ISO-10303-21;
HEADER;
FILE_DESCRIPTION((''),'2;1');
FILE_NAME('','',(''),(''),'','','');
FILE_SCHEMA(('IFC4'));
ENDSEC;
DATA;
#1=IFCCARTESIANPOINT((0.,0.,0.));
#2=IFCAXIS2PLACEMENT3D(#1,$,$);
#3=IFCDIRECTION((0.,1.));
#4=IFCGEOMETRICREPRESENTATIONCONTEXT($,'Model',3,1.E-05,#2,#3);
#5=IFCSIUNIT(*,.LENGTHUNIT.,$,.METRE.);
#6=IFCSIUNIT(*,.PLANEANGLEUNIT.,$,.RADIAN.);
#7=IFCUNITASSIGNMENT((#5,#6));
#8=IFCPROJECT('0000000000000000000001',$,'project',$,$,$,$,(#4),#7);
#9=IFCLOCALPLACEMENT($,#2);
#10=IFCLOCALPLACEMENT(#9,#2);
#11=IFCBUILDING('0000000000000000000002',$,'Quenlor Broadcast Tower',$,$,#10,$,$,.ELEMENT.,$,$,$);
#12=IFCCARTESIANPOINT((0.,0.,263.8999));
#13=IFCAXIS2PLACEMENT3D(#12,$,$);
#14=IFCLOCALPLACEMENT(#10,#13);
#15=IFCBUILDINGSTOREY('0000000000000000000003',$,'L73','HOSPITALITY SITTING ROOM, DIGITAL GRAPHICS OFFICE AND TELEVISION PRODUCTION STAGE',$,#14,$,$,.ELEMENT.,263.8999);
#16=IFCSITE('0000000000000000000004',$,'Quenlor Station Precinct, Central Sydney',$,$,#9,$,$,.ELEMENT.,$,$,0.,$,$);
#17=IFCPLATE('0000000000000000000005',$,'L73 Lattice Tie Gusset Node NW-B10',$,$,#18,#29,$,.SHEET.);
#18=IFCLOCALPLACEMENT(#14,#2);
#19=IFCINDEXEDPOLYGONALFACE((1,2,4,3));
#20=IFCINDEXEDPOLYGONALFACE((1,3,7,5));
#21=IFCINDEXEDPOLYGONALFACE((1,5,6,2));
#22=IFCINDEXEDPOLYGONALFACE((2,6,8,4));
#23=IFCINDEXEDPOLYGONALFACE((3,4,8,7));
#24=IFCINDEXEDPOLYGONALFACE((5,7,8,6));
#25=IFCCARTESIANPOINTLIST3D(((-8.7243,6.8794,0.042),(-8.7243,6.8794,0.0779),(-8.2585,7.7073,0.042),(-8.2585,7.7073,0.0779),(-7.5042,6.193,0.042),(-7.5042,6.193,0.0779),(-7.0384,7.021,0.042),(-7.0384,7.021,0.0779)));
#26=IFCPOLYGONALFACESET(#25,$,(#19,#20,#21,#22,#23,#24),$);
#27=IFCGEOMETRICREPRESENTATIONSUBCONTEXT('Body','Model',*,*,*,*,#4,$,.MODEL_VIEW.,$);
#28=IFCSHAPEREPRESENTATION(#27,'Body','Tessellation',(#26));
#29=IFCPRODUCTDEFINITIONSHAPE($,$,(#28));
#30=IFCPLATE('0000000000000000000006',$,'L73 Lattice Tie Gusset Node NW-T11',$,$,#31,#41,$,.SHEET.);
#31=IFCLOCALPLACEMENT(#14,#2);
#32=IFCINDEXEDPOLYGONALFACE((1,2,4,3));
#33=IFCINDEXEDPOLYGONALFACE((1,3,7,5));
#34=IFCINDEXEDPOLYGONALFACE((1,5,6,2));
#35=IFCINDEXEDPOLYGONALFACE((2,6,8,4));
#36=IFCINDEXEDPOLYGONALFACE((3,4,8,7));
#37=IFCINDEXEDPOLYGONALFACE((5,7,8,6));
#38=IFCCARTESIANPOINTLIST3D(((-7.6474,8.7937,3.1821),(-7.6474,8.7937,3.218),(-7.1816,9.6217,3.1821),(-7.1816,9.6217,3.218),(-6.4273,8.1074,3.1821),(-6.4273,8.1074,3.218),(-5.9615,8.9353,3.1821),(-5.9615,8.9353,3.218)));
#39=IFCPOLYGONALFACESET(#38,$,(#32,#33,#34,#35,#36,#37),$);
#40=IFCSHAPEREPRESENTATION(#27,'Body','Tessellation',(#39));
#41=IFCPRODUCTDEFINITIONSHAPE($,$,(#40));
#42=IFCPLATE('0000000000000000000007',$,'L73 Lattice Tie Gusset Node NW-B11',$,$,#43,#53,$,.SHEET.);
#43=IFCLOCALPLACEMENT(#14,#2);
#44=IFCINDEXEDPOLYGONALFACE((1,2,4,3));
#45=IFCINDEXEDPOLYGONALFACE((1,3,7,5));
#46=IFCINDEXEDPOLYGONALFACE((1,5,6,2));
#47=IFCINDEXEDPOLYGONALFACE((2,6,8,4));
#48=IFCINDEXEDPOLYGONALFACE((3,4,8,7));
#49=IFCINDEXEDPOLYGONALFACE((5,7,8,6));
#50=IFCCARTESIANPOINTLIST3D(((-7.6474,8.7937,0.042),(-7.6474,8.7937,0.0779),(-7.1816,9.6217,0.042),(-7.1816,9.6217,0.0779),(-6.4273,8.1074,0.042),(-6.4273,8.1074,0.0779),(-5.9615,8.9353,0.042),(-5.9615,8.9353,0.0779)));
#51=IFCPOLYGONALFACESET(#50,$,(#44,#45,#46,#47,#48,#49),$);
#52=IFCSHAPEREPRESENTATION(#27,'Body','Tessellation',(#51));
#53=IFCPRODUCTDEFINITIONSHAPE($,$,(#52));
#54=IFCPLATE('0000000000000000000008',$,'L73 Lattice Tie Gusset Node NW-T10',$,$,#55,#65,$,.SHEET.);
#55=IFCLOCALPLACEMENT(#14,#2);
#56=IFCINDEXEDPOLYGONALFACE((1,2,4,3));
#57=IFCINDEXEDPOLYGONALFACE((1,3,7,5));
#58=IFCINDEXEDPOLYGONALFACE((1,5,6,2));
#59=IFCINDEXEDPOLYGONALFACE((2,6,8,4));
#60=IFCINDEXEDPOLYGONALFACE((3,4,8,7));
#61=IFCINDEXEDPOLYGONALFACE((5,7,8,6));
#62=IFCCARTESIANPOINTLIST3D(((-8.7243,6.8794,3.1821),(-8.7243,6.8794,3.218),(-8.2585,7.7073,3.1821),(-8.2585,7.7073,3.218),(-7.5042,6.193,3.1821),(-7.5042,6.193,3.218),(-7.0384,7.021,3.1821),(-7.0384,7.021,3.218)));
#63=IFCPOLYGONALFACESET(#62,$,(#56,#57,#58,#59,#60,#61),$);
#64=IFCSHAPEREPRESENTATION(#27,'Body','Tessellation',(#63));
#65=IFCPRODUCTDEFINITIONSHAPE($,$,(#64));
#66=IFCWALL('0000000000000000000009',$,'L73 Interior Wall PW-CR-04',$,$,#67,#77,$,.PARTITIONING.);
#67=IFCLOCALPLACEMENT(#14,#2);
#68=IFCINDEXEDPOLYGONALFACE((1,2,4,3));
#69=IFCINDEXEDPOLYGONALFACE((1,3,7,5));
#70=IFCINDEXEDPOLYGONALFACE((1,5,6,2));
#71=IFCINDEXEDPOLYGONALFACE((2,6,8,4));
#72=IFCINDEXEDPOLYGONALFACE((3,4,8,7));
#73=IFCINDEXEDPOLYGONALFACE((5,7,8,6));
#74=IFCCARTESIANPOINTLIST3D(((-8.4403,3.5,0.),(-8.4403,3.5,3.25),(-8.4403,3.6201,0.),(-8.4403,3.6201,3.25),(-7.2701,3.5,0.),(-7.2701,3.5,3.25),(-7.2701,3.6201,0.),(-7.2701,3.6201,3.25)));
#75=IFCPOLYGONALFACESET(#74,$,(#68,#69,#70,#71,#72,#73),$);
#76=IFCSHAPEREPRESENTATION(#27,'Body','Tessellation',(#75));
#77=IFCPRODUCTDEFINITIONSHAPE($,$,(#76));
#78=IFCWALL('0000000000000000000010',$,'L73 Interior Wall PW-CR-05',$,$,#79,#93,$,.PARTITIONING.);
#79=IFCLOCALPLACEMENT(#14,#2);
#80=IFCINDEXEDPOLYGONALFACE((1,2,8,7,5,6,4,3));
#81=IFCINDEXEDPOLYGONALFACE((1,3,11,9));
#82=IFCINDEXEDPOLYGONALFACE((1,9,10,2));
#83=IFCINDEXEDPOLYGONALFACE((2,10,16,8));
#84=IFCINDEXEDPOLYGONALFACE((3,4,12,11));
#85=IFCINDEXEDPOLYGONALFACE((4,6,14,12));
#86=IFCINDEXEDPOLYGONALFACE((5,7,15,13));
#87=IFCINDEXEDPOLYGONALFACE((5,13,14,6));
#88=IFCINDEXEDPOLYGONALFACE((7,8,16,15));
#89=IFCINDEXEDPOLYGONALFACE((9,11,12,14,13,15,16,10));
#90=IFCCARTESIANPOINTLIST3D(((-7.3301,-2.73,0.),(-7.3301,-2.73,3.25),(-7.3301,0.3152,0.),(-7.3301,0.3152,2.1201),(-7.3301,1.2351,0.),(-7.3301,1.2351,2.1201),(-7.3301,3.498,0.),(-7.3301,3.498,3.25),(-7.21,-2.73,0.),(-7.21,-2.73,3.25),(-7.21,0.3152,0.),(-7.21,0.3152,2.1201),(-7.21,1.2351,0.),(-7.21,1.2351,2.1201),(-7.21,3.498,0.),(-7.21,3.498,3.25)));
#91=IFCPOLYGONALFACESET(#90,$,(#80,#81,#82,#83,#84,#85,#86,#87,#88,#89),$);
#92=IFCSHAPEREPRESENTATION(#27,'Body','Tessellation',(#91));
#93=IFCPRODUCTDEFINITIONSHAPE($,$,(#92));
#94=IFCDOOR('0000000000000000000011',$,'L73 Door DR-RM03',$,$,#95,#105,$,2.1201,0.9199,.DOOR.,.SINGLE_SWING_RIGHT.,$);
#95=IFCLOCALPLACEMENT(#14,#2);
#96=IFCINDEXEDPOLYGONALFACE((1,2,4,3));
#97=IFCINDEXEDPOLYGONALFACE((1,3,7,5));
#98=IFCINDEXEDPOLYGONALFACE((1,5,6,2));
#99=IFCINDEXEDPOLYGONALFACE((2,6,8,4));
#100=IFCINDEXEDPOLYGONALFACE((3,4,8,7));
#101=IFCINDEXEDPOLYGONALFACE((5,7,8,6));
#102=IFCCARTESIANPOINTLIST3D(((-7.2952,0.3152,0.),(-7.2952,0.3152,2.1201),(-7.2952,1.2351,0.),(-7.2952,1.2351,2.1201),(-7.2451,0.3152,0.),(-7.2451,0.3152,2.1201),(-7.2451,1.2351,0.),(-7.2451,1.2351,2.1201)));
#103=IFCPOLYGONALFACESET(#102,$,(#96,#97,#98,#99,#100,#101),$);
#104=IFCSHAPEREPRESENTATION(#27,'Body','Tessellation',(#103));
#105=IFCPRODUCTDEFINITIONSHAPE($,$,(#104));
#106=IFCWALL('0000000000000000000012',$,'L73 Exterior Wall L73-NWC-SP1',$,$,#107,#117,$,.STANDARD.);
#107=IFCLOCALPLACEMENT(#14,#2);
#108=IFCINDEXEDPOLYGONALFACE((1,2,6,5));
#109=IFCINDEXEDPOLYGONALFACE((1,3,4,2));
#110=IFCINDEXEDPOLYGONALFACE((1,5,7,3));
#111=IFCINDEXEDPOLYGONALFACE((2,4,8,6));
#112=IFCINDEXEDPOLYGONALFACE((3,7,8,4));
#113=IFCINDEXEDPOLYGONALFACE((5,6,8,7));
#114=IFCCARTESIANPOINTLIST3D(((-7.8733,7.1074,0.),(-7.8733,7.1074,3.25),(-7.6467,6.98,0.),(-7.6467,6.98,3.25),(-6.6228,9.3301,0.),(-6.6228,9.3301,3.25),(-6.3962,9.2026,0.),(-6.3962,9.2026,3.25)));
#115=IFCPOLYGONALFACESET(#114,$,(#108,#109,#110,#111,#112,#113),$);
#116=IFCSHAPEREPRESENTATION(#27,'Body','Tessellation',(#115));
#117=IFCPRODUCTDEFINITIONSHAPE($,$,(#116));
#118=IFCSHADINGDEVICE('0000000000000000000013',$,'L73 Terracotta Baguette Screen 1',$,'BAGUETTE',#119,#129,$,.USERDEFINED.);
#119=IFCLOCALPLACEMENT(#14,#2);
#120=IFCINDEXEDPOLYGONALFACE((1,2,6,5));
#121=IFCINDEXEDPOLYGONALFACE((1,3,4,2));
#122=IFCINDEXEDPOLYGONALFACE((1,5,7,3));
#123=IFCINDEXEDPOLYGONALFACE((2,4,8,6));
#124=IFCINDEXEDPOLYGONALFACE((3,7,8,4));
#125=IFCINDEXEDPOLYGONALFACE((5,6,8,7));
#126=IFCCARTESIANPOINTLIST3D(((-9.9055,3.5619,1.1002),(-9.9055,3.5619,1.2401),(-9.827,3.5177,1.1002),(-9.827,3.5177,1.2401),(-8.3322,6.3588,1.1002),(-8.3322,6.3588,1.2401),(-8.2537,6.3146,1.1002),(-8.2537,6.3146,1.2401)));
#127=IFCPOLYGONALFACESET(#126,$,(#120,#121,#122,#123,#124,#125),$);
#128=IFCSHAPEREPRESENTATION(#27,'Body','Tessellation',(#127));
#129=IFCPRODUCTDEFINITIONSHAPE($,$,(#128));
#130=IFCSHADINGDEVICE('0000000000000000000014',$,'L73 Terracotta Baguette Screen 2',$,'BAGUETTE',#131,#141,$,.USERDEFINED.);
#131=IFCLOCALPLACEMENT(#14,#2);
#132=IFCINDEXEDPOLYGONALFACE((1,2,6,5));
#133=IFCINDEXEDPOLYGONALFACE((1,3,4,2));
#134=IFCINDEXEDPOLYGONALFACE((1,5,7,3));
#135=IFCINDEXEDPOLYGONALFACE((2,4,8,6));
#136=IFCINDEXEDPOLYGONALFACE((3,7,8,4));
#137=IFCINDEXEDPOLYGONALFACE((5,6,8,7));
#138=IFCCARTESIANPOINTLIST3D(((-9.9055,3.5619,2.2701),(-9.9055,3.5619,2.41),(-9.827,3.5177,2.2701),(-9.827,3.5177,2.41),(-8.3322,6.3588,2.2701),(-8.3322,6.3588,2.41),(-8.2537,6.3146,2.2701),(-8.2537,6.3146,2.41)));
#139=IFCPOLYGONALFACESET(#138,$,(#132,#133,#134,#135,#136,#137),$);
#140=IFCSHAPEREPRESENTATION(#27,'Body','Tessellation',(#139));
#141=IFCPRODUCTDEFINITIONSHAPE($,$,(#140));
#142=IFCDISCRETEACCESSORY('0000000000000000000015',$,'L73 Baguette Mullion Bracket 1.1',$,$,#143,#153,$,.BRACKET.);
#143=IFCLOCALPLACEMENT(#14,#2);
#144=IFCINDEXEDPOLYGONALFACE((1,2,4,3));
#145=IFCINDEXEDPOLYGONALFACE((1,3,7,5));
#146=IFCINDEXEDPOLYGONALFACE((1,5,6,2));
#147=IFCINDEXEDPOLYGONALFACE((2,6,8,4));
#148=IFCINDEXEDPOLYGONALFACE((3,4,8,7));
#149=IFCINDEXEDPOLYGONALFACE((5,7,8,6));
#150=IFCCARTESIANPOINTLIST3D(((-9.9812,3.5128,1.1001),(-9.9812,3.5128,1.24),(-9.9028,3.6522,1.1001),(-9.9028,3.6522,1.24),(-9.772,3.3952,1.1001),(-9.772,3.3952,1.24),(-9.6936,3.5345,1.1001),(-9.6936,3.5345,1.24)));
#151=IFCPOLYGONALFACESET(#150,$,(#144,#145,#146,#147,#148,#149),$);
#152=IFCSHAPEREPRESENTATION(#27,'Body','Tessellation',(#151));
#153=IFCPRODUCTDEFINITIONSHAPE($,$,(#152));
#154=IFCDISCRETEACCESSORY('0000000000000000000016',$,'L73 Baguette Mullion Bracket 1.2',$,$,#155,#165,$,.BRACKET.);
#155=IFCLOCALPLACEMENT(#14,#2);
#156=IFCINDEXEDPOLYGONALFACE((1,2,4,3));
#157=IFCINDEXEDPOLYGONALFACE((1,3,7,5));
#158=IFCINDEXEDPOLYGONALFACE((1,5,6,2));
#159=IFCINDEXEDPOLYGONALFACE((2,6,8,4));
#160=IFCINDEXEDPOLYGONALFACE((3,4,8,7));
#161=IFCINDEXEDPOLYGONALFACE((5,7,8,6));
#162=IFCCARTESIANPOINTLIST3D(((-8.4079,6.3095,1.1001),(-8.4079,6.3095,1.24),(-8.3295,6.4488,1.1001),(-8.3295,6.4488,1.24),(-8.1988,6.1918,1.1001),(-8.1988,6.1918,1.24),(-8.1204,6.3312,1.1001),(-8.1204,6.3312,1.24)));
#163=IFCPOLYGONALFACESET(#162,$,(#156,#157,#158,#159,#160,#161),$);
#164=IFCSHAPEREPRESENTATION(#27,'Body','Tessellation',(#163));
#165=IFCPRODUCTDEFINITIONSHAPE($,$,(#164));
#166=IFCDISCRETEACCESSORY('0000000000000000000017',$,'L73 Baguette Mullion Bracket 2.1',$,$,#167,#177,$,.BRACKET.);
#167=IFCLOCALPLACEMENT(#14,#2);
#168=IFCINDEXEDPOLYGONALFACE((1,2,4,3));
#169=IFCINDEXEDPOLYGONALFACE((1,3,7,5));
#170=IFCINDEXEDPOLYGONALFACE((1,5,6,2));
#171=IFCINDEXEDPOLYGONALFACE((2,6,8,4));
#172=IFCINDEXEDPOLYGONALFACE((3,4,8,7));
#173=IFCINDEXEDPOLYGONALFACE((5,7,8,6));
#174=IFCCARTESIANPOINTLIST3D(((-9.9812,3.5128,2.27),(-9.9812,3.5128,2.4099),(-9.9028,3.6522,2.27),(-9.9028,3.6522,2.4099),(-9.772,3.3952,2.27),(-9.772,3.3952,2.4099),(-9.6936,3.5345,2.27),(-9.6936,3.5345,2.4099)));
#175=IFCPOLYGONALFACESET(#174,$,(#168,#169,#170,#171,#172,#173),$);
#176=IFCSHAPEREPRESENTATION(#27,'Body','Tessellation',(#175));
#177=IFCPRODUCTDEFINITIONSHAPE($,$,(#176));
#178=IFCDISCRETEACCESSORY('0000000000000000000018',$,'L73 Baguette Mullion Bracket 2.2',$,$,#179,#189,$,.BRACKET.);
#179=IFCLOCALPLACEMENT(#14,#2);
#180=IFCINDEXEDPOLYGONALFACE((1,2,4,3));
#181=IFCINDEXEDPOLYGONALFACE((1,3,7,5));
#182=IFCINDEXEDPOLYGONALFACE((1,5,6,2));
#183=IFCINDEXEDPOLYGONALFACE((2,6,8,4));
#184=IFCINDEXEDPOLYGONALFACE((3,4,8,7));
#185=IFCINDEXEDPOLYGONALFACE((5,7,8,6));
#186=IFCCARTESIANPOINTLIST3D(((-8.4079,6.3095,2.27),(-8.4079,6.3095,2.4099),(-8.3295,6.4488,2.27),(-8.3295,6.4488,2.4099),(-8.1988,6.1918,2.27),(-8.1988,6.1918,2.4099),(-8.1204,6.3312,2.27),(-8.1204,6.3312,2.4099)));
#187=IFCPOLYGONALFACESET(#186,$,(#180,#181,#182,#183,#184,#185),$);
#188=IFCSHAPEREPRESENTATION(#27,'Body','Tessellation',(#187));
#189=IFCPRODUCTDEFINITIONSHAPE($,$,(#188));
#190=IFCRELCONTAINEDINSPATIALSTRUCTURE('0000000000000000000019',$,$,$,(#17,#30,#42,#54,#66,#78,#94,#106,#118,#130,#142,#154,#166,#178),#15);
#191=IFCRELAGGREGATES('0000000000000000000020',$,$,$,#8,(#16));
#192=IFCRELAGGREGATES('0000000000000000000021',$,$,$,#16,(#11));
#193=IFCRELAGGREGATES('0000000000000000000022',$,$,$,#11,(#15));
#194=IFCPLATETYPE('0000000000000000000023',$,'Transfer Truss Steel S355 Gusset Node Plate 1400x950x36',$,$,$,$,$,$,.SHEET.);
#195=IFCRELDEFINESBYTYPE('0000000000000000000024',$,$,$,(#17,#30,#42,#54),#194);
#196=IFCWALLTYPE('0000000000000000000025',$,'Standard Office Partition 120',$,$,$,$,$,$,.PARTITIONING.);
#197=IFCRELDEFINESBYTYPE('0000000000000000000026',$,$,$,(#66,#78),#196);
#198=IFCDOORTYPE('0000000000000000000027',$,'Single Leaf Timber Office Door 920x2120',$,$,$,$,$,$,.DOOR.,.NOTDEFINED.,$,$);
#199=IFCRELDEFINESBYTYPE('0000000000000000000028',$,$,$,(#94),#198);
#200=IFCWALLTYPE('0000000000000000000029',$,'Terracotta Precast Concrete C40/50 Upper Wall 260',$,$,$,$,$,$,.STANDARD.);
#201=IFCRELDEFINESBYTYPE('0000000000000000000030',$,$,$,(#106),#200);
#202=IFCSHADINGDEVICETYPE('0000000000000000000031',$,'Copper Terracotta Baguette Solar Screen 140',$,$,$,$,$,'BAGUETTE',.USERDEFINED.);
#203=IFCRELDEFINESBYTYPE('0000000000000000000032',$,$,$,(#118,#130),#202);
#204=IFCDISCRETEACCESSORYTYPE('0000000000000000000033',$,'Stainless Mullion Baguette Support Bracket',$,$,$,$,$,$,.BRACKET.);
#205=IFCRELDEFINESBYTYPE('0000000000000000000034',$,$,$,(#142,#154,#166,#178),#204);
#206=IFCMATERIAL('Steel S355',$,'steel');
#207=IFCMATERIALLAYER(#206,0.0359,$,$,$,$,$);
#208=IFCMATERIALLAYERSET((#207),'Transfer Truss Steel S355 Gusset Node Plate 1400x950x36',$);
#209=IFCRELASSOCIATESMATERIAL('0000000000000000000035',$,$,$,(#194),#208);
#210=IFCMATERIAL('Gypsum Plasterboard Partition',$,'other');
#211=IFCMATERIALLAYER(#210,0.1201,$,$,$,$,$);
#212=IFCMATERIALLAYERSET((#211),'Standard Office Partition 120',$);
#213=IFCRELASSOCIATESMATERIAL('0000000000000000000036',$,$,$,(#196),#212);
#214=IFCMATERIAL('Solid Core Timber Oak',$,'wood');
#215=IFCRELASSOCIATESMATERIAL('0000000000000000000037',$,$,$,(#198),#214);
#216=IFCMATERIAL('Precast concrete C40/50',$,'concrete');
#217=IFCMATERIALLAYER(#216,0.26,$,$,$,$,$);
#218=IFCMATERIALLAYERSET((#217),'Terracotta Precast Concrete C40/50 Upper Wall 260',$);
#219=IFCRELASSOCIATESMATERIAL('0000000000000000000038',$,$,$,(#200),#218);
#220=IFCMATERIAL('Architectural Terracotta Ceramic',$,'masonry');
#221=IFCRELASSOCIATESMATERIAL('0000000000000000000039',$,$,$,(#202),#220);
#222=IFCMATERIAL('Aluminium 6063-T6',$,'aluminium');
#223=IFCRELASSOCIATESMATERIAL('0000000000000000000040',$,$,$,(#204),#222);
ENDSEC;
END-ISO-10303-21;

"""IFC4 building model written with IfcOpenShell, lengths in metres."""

from ifc_helpers import new_model, si_unit, direction, frame, frame_2d, origin, origin_2d, place, context, subcontext, project, spatial, rectangle, extrude, material, layer, layer_set, material_profile, profile_set, type_object, element, fill, save


model = new_model("IFC4")

# Units and contexts
model_context = context("Model", 3, precision=1e-05, world=origin(), true_north=direction((0.0, 1.0)))
body_context = subcontext(model_context, "Body", "Model", "MODEL_VIEW")
ifc_project = project(units=[si_unit("LENGTHUNIT", "METRE"), si_unit("PLANEANGLEUNIT", "RADIAN")], contexts=[model_context])

# Site, building, storey
site_placement = place(None, origin())
site = spatial("IfcSite", under=ifc_project, at=site_placement, Name="Quenlor Station Precinct, Central Sydney", CompositionType="ELEMENT", RefElevation=0.0)
building_placement = place(site_placement, origin())
building = spatial("IfcBuilding", under=site, at=building_placement, Name="Quenlor Broadcast Tower", CompositionType="ELEMENT")
storey_placement = place(building_placement, frame((0.0, 0.0, 263.8999)))
storey = spatial("IfcBuildingStorey", under=building, at=storey_placement, Name="L73", Description="HOSPITALITY SITTING ROOM, DIGITAL GRAPHICS OFFICE AND TELEVISION PRODUCTION STAGE", CompositionType="ELEMENT", Elevation=263.8999)

# Plates
ifc_material_1 = material(Name="Steel S355", Category="steel")
ifc_layer_1 = layer(ifc_material_1, 0.0359)
ifc_layer_set_1 = layer_set([ifc_layer_1], Name="Transfer Truss Steel S355 Gusset Node Plate 1400x950x36")
plate_type_1 = type_object("IfcPlateType", Name="Transfer Truss Steel S355 Gusset Node Plate 1400x950x36", PredefinedType="SHEET", material=ifc_layer_set_1)
for number, where, z_axis, x_axis, name in (
    (1, (-7.8813, 6.9502, 0.042), (0.0, 0.0, 1.0), (-0.871556, 0.490295, 0.0), "L73 Lattice Tie Gusset Node NW-B10"),
    (2, (-6.8044, 8.8645, 3.1821), (0.0, 0.0, 1.0), (-0.871556, 0.490295, 0.0), "L73 Lattice Tie Gusset Node NW-T11"),
    (3, (-6.8044, 8.8645, 0.042), (0.0, 0.0, 1.0), (-0.871556, 0.490295, 0.0), "L73 Lattice Tie Gusset Node NW-B11"),
    (4, (-7.8813, 6.9502, 3.1821), (0.0, 0.0, 1.0), (-0.871556, 0.490295, 0.0), "L73 Lattice Tie Gusset Node NW-T10"),
):
    element("IfcPlate", number, at=place(storey_placement, frame(where, z_axis=z_axis, x_axis=x_axis)), inside=storey, type_object=plate_type_1, Name=name, PredefinedType="SHEET", context=body_context, shape_type="SweptSolid", body=[
        extrude(rectangle(XDim=1.3999, YDim=0.95, at=origin_2d()), origin(), (0.0, 0.0, 1.0), 0.0359),
    ])

# Wall
ifc_material_2 = material(Name="Gypsum Plasterboard Partition", Category="other")
ifc_layer_2 = layer(ifc_material_2, 0.1201)
ifc_layer_set_2 = layer_set([ifc_layer_2], Name="Standard Office Partition 120")
wall_type_1 = type_object("IfcWallType", Name="Standard Office Partition 120", PredefinedType="PARTITIONING", material=ifc_layer_set_2)
wall_1_placement = place(storey_placement, frame((-8.4402, 3.5601, 0.0), z_axis=(0.0, 0.0, 1.0), x_axis=(1.0, 0.0, 0.0)))
element("IfcWall", 5, at=wall_1_placement, inside=storey, type_object=wall_type_1, Name="L73 Interior Wall PW-CR-04", PredefinedType="PARTITIONING", context=body_context, shape_type="SweptSolid", body=[
    extrude(rectangle(XDim=1.1702, YDim=0.1201, at=frame_2d((0.585, 0.0))), origin(), (0.0, 0.0, 1.0), 3.25),
])

# Wall, opening, door
wall_2_placement = place(storey_placement, frame((-7.27, 3.498, 0.0), z_axis=(0.0, 0.0, 1.0), x_axis=(0.0, -1.0, 0.0)))
wall_2 = element("IfcWall", 6, at=wall_2_placement, inside=storey, type_object=wall_type_1, Name="L73 Interior Wall PW-CR-05", PredefinedType="PARTITIONING", context=body_context, shape_type="SweptSolid", body=[
    extrude(rectangle(XDim=6.228, YDim=0.1201, at=frame_2d((3.114, 0.0))), origin(), (0.0, 0.0, 1.0), 3.25),
])
opening_placement = place(wall_2_placement, frame((2.2629, 0.0, 0.0)))
opening = element("IfcOpeningElement", 7, at=opening_placement, cuts=wall_2, PredefinedType="OPENING", context=body_context, shape_type="SweptSolid", body=[
    extrude(rectangle(XDim=0.9199, YDim=2.1201, at=frame_2d((0.46, 1.0601))), frame((0.0, 0.0701, 0.0), z_axis=(0.0, -1.0, 0.0), x_axis=(1.0, 0.0, 0.0)), (0.0, 0.0, 1.0), 0.1401),
])
ifc_material_3 = material(Name="Solid Core Timber Oak", Category="wood")
door_type = type_object("IfcDoorType", Name="Single Leaf Timber Office Door 920x2120", OperationType="NOTDEFINED", PredefinedType="DOOR", material=ifc_material_3)
door_placement = place(opening_placement, origin())
door = element("IfcDoor", 8, at=door_placement, inside=storey, type_object=door_type, Name="L73 Door DR-RM03", OperationType="SINGLE_SWING_RIGHT", OverallHeight=2.1201, OverallWidth=0.9199, PredefinedType="DOOR", context=body_context, shape_type="SweptSolid", body=[
    extrude(rectangle(XDim=0.9199, YDim=2.1201, at=frame_2d((0.46, 1.0601))), frame((0.0, 0.0249, 0.0), z_axis=(0.0, -1.0, 0.0), x_axis=(1.0, 0.0, 0.0)), (0.0, 0.0, 1.0), 0.05),
])
fill(opening, door)

# Wall
ifc_material_4 = material(Name="Precast concrete C40/50", Category="concrete")
ifc_layer_3 = layer(ifc_material_4, 0.26)
ifc_layer_set_3 = layer_set([ifc_layer_3], Name="Terracotta Precast Concrete C40/50 Upper Wall 260")
wall_type_2 = type_object("IfcWallType", Name="Terracotta Precast Concrete C40/50 Upper Wall 260", PredefinedType="STANDARD", material=ifc_layer_set_3)
wall_3_placement = place(storey_placement, frame((-7.76, 7.0437, 0.0), z_axis=(0.0, 0.0, 1.0), x_axis=(0.490334, 0.871535, 0.0)))
element("IfcWall", 9, at=wall_3_placement, inside=storey, type_object=wall_type_2, Name="L73 Exterior Wall L73-NWC-SP1", PredefinedType="STANDARD", context=body_context, shape_type="SweptSolid", body=[
    extrude(rectangle(XDim=2.5503, YDim=0.26, at=frame_2d((1.2751, 0.0))), origin(), (0.0, 0.0, 1.0), 3.25),
])

# Shading devices
ifc_material_5 = material(Name="Architectural Terracotta Ceramic", Category="masonry")
ifc_material_profile_1 = material_profile(ifc_material_5, rectangle(XDim=0.0901, YDim=0.1399, at=origin_2d()))
ifc_profile_set_1 = profile_set([ifc_material_profile_1], Name="Architectural Terracotta Ceramic BAG90x140")
shading_device_type = type_object("IfcShadingDeviceType", Name="Copper Terracotta Baguette Solar Screen 140", ElementType="BAGUETTE", PredefinedType="USERDEFINED", material=ifc_profile_set_1)
for number, where, z_axis, x_axis, name in (
    (10, (-9.8662, 3.5398, 1.1702), (0.490261, 0.871576, 0.0), (-0.871576, 0.490261, 0.0), "L73 Terracotta Baguette Screen 1"),
    (11, (-9.8662, 3.5398, 2.3401), (0.490261, 0.871576, 0.0), (-0.871576, 0.490261, 0.0), "L73 Terracotta Baguette Screen 2"),
):
    element("IfcShadingDevice", number, at=place(storey_placement, frame(where, z_axis=z_axis, x_axis=x_axis)), inside=storey, type_object=shading_device_type, Name=name, ObjectType="BAGUETTE", PredefinedType="USERDEFINED", context=body_context, shape_type="SweptSolid", body=[
        extrude(rectangle(XDim=0.0901, YDim=0.1399, at=origin_2d()), origin(), (0.0, 0.0, 1.0), 3.209),
    ])

# Discrete accessories
ifc_material_6 = material(Name="Aluminium 6063-T6", Category="aluminium")
discrete_accessory_type = type_object("IfcDiscreteAccessoryType", Name="Stainless Mullion Baguette Support Bracket", PredefinedType="BRACKET", material=ifc_material_6)
for number, where, z_axis, x_axis, name in (
    (12, (-9.8374, 3.5237, 1.1001), (0.0, 0.0, 1.0), (0.490262, 0.871575, 0.0), "L73 Baguette Mullion Bracket 1.1"),
    (13, (-8.2642, 6.3203, 1.1001), (0.0, 0.0, 1.0), (0.490262, 0.871575, 0.0), "L73 Baguette Mullion Bracket 1.2"),
    (14, (-9.8374, 3.5237, 2.27), (0.0, 0.0, 1.0), (0.490262, 0.871575, 0.0), "L73 Baguette Mullion Bracket 2.1"),
    (15, (-8.2642, 6.3203, 2.27), (0.0, 0.0, 1.0), (0.490262, 0.871575, 0.0), "L73 Baguette Mullion Bracket 2.2"),
):
    element("IfcDiscreteAccessory", number, at=place(storey_placement, frame(where, z_axis=z_axis, x_axis=x_axis)), inside=storey, type_object=discrete_accessory_type, Name=name, PredefinedType="BRACKET", context=body_context, shape_type="SweptSolid", body=[
        extrude(rectangle(XDim=0.1599, YDim=0.24, at=origin_2d()), origin(), (0.0, 0.0, 1.0), 0.1399),
    ])

save(model, "model.ifc")
